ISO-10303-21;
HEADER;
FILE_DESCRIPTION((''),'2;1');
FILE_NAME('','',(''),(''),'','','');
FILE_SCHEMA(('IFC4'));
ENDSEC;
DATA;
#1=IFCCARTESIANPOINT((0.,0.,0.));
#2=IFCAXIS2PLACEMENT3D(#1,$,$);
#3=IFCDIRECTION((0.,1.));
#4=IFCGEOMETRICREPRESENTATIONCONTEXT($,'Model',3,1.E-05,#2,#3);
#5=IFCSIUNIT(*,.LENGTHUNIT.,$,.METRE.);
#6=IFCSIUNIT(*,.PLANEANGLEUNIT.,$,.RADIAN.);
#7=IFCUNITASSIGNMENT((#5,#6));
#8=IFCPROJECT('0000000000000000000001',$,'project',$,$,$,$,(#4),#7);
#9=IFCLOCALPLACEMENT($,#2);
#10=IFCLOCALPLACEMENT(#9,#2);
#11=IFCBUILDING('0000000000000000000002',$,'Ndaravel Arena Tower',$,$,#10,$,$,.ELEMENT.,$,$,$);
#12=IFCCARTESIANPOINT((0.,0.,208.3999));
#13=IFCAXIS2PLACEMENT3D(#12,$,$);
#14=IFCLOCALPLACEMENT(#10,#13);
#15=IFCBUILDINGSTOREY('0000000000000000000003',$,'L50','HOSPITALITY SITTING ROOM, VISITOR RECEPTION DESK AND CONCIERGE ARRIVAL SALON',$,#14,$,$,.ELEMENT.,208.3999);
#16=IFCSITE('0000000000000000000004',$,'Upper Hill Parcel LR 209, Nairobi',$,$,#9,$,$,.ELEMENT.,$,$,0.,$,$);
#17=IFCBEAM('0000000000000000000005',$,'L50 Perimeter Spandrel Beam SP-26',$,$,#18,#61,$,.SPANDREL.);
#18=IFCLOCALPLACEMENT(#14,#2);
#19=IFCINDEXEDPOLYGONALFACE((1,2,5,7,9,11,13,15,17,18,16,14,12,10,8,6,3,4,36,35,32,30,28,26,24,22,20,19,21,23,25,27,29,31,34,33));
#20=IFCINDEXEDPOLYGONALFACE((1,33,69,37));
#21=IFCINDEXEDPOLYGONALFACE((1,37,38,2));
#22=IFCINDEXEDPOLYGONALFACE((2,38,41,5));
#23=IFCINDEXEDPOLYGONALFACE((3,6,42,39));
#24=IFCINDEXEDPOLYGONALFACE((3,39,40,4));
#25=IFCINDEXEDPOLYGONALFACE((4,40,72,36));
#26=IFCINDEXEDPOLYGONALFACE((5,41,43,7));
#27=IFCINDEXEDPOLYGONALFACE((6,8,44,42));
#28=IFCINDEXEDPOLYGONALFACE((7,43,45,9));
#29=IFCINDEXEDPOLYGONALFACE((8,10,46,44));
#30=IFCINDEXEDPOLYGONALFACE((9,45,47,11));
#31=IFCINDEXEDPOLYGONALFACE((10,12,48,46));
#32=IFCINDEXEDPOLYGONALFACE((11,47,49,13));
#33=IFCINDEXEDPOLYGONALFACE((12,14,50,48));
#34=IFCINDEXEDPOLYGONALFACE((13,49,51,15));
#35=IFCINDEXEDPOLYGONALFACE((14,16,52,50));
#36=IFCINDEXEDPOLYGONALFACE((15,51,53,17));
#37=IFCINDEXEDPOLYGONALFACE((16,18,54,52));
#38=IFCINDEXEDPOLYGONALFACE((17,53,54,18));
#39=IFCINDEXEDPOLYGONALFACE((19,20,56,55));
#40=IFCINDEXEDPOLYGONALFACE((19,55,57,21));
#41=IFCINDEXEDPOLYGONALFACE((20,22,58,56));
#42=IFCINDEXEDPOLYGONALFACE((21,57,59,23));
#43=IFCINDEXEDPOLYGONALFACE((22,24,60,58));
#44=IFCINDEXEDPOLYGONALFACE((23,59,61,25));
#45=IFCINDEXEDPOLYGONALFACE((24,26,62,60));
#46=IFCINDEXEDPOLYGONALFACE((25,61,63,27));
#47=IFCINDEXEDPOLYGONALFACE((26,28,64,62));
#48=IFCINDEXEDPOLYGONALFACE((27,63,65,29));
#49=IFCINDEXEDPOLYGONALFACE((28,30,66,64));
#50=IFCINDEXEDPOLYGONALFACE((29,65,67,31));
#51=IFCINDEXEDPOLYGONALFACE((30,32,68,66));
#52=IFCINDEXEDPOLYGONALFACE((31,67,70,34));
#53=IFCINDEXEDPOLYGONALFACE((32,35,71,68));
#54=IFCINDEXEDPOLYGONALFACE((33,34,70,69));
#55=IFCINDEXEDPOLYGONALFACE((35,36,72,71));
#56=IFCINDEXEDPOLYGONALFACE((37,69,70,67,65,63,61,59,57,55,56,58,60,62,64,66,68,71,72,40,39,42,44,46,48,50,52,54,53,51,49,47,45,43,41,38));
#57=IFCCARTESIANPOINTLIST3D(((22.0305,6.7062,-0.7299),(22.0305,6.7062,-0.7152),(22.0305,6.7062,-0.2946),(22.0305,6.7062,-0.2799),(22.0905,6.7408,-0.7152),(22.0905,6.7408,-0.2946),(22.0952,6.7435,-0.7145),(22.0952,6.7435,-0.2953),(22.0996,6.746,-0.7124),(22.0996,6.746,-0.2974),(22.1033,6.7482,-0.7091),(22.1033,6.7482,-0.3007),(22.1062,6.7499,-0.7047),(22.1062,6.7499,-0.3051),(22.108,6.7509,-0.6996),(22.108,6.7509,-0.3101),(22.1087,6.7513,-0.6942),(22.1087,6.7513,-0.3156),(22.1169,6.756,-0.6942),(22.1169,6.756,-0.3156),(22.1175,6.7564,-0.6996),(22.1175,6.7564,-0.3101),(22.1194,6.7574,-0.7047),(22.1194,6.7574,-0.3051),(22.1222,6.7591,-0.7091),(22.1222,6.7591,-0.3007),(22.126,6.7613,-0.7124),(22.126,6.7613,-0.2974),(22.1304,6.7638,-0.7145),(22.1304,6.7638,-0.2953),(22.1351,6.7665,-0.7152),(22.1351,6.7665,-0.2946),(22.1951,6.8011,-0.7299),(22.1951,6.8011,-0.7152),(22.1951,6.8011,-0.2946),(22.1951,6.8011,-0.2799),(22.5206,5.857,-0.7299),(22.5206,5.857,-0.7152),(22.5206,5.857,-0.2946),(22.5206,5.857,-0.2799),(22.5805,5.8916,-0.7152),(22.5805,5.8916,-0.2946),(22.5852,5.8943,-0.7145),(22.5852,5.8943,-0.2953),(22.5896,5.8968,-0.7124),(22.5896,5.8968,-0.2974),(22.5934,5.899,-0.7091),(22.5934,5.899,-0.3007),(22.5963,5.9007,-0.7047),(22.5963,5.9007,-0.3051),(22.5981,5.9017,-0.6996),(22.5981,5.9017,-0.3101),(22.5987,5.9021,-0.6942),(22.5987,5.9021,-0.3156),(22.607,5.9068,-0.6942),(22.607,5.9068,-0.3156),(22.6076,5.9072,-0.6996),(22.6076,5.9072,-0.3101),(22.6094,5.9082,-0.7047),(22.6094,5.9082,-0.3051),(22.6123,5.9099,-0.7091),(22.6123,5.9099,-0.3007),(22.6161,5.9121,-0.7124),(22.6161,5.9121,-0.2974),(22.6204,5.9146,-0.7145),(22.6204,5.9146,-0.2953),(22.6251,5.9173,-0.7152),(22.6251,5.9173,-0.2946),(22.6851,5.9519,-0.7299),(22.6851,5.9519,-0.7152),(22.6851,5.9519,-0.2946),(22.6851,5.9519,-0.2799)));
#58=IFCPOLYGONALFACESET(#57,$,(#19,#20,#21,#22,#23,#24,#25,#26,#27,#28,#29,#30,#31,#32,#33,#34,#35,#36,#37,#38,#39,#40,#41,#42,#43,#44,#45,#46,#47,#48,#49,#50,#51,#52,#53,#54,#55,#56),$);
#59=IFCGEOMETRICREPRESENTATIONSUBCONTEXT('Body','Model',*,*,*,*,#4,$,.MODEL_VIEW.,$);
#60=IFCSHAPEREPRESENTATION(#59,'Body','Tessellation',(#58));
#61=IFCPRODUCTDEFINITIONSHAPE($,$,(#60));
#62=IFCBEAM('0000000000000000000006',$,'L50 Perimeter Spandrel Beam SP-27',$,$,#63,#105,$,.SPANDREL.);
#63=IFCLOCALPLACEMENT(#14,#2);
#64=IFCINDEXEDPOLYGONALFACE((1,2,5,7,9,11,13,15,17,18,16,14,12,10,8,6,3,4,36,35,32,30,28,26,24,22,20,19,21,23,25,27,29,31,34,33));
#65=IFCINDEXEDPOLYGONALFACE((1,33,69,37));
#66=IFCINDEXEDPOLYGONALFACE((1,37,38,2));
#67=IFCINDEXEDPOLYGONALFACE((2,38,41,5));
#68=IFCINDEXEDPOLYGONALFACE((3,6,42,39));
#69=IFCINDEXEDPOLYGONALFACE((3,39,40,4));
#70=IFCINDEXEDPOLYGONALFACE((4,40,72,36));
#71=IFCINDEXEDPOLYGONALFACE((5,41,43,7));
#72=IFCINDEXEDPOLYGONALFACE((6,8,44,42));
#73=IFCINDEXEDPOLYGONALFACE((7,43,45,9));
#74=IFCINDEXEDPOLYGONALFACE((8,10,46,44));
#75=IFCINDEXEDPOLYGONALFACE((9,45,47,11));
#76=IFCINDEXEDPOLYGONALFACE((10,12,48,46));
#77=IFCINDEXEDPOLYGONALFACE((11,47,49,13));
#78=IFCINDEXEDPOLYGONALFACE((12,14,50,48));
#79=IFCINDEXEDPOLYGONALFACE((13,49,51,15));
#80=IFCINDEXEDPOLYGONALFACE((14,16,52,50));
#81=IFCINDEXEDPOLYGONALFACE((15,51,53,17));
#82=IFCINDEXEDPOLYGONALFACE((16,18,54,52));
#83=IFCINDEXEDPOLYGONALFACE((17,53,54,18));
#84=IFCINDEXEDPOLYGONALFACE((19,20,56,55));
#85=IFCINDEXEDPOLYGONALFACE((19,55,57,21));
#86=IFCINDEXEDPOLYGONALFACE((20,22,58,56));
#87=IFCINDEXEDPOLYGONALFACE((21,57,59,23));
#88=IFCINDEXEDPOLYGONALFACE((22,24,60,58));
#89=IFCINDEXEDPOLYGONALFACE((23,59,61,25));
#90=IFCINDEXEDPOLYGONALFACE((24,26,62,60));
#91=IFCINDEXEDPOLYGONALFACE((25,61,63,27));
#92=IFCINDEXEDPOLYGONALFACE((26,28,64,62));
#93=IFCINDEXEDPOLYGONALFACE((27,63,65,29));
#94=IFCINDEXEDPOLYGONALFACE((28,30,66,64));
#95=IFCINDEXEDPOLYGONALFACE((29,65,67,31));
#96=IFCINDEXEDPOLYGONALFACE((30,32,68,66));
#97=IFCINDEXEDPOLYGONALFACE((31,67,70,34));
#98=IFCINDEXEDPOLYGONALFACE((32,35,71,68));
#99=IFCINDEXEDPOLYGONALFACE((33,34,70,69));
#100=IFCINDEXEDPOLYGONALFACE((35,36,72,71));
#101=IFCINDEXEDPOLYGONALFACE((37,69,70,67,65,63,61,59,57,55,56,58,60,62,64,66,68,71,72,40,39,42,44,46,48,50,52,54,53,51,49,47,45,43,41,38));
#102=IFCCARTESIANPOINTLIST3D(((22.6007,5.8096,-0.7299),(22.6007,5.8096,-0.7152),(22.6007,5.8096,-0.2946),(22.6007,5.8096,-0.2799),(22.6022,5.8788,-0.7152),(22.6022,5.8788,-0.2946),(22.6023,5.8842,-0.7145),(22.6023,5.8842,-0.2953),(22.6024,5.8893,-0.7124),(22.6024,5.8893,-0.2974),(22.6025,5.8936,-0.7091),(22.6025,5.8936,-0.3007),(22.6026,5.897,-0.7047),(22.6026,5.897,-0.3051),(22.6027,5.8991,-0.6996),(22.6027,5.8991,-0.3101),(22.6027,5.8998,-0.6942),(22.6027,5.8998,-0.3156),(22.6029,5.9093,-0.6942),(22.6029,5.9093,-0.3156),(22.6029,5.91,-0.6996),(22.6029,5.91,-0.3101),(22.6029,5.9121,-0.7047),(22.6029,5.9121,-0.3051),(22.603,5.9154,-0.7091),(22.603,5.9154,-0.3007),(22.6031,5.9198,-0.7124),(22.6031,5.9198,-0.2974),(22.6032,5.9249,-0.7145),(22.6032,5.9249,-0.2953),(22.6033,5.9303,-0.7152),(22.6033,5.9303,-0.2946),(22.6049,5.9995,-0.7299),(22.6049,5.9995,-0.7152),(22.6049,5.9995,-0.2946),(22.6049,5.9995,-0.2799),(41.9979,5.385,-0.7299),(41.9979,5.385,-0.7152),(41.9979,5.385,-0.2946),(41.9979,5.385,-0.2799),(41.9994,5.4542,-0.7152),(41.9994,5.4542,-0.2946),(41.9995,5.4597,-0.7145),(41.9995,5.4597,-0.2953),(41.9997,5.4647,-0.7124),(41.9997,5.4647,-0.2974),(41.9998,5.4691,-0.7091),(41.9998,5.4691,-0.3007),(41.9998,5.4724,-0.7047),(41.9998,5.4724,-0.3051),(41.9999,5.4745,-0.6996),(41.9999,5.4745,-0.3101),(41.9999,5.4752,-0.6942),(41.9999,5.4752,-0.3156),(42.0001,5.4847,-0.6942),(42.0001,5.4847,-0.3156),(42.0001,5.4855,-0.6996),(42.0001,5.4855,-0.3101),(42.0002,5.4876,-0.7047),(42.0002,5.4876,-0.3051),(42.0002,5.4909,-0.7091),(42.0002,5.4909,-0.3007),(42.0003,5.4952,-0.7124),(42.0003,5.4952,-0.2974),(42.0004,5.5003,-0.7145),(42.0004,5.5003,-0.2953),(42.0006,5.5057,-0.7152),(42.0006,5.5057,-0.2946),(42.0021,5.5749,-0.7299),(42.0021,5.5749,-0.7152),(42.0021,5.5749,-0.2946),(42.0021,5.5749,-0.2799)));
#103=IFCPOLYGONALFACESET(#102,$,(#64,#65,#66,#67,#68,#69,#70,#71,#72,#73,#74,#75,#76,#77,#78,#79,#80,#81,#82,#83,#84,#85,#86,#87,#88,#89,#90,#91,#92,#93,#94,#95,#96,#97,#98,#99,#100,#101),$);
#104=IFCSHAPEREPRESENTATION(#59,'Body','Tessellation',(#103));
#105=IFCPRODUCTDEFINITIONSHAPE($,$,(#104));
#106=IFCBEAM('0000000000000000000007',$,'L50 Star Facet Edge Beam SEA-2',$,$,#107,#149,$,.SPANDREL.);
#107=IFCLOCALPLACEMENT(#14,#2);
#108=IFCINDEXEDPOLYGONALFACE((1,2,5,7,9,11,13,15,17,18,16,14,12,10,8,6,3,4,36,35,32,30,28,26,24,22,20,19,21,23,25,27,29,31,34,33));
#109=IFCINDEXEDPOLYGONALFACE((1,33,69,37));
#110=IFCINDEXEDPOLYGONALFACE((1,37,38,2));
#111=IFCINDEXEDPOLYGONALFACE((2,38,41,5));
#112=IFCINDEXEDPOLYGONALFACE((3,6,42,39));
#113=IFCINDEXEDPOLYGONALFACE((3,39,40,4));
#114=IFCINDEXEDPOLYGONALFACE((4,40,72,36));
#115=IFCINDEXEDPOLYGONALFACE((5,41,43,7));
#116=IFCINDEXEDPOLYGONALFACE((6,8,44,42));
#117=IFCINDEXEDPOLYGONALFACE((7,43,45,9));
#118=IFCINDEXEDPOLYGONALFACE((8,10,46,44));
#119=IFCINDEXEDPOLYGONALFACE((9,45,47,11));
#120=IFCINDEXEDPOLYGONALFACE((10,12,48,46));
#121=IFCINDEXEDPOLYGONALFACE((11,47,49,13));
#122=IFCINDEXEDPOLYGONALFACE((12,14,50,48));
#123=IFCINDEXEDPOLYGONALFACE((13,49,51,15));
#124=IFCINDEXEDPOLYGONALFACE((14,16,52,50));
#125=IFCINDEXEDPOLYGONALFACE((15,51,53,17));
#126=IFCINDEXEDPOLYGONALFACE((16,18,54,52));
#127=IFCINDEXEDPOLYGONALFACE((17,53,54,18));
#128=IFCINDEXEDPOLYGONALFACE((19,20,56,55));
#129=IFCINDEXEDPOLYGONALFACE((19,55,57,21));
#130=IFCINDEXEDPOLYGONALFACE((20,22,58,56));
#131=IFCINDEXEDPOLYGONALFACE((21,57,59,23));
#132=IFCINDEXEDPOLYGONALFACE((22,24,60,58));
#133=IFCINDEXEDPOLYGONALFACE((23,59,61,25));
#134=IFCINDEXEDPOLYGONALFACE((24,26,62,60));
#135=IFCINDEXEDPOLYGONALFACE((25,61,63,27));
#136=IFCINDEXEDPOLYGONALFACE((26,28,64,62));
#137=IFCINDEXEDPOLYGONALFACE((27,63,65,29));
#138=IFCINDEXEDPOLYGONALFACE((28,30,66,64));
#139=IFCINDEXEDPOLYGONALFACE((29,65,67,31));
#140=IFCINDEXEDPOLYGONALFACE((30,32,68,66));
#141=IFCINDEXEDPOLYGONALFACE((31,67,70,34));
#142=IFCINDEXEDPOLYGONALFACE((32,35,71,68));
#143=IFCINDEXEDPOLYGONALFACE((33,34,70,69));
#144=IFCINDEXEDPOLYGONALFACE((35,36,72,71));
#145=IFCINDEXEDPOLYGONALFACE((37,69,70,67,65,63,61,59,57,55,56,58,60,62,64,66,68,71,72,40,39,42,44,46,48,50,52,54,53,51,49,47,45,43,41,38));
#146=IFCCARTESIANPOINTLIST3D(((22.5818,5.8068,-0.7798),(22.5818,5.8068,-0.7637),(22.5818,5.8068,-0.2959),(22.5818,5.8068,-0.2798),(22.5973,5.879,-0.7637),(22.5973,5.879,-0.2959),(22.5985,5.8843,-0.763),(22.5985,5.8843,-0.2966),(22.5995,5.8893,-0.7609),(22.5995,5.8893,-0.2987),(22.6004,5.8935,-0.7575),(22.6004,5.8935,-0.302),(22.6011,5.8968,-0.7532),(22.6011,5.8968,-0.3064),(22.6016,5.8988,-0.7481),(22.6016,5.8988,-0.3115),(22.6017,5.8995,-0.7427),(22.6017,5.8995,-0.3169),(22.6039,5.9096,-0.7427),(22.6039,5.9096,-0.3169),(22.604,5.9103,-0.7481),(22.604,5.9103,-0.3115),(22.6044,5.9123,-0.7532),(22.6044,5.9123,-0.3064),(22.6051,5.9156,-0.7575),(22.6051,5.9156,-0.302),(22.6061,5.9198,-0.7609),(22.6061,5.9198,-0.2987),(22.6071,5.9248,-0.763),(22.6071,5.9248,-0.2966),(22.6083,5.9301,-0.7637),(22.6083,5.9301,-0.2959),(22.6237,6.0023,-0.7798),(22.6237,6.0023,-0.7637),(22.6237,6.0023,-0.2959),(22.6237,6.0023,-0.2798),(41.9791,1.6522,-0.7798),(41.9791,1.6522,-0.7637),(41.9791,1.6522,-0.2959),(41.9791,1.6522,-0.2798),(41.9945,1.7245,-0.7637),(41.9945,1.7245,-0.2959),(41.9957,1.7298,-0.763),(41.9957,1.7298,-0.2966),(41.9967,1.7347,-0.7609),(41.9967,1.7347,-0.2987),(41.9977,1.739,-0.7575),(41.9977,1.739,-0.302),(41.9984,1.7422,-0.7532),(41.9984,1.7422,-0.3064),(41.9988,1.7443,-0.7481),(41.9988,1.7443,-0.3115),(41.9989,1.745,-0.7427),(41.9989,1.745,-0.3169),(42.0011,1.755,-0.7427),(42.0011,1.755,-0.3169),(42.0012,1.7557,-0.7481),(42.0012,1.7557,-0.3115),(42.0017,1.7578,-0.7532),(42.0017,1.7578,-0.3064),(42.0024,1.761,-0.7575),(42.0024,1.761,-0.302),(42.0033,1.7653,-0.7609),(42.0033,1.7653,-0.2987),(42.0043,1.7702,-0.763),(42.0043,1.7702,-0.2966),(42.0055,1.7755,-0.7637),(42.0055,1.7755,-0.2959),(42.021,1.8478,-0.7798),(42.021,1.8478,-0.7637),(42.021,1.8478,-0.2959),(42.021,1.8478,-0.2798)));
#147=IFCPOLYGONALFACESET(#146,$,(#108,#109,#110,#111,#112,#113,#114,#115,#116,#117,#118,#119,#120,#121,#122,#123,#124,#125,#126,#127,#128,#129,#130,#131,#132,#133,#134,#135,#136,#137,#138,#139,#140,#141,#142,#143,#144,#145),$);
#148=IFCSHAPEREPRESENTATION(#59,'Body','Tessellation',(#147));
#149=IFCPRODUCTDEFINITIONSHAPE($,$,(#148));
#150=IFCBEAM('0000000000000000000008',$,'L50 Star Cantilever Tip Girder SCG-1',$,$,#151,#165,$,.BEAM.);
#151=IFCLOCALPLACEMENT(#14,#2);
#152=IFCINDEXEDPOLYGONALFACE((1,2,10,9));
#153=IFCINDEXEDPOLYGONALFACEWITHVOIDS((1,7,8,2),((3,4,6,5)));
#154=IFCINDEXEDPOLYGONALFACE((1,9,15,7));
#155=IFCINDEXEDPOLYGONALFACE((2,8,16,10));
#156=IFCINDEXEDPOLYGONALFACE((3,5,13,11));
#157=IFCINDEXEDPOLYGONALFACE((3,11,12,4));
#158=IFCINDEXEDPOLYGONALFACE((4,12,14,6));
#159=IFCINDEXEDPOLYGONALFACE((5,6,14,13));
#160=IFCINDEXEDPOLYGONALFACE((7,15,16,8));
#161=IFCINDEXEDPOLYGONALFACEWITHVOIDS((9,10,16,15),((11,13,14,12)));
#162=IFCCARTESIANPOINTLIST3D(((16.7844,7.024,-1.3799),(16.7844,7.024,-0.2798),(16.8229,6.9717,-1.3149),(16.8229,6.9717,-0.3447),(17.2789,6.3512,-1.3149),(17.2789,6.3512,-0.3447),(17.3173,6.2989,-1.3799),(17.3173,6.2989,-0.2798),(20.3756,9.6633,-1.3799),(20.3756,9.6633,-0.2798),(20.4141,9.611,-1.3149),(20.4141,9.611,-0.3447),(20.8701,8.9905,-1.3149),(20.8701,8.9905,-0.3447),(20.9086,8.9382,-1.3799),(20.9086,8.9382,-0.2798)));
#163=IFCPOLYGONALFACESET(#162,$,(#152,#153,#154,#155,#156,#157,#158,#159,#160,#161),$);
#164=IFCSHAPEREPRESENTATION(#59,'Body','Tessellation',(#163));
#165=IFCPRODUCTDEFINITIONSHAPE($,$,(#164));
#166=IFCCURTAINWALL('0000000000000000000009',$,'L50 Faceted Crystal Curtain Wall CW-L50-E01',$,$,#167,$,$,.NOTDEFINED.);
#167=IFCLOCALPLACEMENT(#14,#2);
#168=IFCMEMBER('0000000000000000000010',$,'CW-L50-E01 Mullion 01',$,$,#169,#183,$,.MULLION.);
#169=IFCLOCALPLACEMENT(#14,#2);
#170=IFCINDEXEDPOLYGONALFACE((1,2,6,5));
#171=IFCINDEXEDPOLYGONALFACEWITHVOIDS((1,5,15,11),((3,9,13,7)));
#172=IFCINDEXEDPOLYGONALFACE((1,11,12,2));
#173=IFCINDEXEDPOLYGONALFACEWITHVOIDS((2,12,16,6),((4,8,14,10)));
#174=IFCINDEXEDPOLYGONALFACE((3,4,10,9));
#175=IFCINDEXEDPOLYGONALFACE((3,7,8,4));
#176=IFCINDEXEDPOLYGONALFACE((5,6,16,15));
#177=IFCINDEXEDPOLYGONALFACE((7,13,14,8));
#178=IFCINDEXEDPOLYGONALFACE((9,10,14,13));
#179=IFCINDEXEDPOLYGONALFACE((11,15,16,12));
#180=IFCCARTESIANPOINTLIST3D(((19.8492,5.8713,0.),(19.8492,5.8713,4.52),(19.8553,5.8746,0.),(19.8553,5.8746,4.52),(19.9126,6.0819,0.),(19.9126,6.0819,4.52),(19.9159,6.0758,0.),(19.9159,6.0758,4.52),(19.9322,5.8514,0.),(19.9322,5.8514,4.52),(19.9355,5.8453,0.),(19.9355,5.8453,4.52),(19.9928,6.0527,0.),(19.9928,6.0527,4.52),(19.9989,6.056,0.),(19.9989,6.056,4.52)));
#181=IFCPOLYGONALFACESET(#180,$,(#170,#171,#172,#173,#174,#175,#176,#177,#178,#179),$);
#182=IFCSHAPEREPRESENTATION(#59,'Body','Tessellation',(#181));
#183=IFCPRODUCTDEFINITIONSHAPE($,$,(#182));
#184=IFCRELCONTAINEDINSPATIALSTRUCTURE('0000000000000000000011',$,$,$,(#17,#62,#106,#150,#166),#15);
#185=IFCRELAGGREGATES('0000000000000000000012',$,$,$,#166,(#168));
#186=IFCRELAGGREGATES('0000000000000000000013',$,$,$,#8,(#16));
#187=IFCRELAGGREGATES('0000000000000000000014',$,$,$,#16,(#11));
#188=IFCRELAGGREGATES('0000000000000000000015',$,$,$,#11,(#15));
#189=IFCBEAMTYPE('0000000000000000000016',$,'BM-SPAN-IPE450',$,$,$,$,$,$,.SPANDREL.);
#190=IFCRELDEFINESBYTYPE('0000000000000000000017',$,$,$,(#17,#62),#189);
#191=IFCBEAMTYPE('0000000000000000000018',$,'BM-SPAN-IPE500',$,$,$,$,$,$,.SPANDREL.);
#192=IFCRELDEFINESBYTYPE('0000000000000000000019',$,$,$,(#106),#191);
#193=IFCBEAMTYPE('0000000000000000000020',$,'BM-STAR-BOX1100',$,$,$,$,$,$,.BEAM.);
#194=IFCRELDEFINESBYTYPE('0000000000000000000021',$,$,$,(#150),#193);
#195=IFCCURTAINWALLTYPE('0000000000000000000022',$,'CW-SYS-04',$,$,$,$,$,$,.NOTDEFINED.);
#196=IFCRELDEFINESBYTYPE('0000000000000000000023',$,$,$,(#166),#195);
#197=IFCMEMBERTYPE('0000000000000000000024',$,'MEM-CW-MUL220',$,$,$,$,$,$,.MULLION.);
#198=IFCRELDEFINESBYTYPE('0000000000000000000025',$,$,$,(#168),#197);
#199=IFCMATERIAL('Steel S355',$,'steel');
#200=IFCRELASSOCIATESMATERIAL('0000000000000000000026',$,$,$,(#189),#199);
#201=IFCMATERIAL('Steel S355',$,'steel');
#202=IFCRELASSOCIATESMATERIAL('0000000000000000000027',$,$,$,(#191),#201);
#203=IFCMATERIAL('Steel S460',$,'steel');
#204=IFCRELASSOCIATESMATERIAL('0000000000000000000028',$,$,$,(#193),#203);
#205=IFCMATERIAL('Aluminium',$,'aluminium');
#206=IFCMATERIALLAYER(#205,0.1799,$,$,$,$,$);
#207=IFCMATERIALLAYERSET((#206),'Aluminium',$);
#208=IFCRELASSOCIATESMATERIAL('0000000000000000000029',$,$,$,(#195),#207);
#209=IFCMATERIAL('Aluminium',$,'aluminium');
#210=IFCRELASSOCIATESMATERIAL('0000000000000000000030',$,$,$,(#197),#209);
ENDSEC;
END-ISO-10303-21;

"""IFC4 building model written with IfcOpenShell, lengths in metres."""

from ifc_helpers import new_model, si_unit, direction, frame, origin, origin_2d, place, context, subcontext, project, spatial, hollow_rectangle, i_section, extrude, material, layer, layer_set, material_profile, profile_set, type_object, element, aggregate, save


model = new_model("IFC4")

# Units and contexts
model_context = context("Model", 3, precision=1e-05, world=origin(), true_north=direction((0.0, 1.0)))
body_context = subcontext(model_context, "Body", "Model", "MODEL_VIEW")
ifc_project = project(units=[si_unit("LENGTHUNIT", "METRE"), si_unit("PLANEANGLEUNIT", "RADIAN")], contexts=[model_context])

# Site, building, storey
site_placement = place(None, origin())
site = spatial("IfcSite", under=ifc_project, at=site_placement, Name="Upper Hill Parcel LR 209, Nairobi", CompositionType="ELEMENT", RefElevation=0.0)
building_placement = place(site_placement, origin())
building = spatial("IfcBuilding", under=site, at=building_placement, Name="Ndaravel Arena Tower", CompositionType="ELEMENT")
storey_placement = place(building_placement, frame((0.0, 0.0, 208.3999)))
storey = spatial("IfcBuildingStorey", under=building, at=storey_placement, Name="L50", Description="HOSPITALITY SITTING ROOM, VISITOR RECEPTION DESK AND CONCIERGE ARRIVAL SALON", CompositionType="ELEMENT", Elevation=208.3999)

# Beams
ifc_material_1 = material(Name="Steel S355", Category="steel")
ifc_material_profile_1 = material_profile(ifc_material_1, i_section(OverallWidth=0.1899, OverallDepth=0.45, WebThickness=0.0095, FlangeThickness=0.0146, FilletRadius=0.021, at=origin_2d()), Name="IPE 450")
ifc_profile_set_1 = profile_set([ifc_material_profile_1], Name="Steel S355")
beam_type_1 = type_object("IfcBeamType", Name="BM-SPAN-IPE450", PredefinedType="SPANDREL", material=ifc_profile_set_1)
for number, where, z_axis, x_axis, name in (
    (1, (22.1128, 6.7537, -0.5049), (0.499809, -0.866136, 0.0), (0.866136, 0.499809, 0.0), "L50 Perimeter Spandrel Beam SP-26"),
):
    element("IfcBeam", number, at=place(storey_placement, frame(where, z_axis=z_axis, x_axis=x_axis)), inside=storey, type_object=beam_type_1, Name=name, PredefinedType="SPANDREL", context=body_context, shape_type="SweptSolid", body=[
        extrude(i_section(OverallWidth=0.1899, OverallDepth=0.45, WebThickness=0.0095, FlangeThickness=0.0146, FilletRadius=0.021, at=origin_2d()), origin(), (0.0, 0.0, 1.0), 0.9805),
    ])
beam_1_placement = place(storey_placement, frame((22.6028, 5.9045, -0.5049), z_axis=(0.999761, -0.021882, 0.0), x_axis=(0.021882, 0.999761, 0.0)))
element("IfcBeam", 2, at=beam_1_placement, inside=storey, type_object=beam_type_1, Name="L50 Perimeter Spandrel Beam SP-27", PredefinedType="SPANDREL", context=body_context, shape_type="SweptSolid", body=[
    extrude(i_section(OverallWidth=0.1899, OverallDepth=0.45, WebThickness=0.0095, FlangeThickness=0.0146, FilletRadius=0.021, at=origin_2d()), origin(), (0.0, 0.0, 1.0), 19.4019),
])
ifc_material_2 = material(Name="Steel S355", Category="steel")
ifc_material_profile_2 = material_profile(ifc_material_2, i_section(OverallWidth=0.2, OverallDepth=0.5, WebThickness=0.0103, FlangeThickness=0.0161, FilletRadius=0.021, at=origin_2d()), Name="IPE 500")
ifc_profile_set_2 = profile_set([ifc_material_profile_2], Name="Steel S355")
beam_type_2 = type_object("IfcBeamType", Name="BM-SPAN-IPE500", PredefinedType="SPANDREL", material=ifc_profile_set_2)
beam_2_placement = place(storey_placement, frame((22.6028, 5.9045, -0.5298), z_axis=(0.977823, -0.209432, 0.0), x_axis=(0.209432, 0.977823, 0.0)))
element("IfcBeam", 3, at=beam_2_placement, inside=storey, type_object=beam_type_2, Name="L50 Star Facet Edge Beam SEA-2", PredefinedType="SPANDREL", context=body_context, shape_type="SweptSolid", body=[
    extrude(i_section(OverallWidth=0.2, OverallDepth=0.5, WebThickness=0.0103, FlangeThickness=0.0161, FilletRadius=0.021, at=origin_2d()), origin(), (0.0, 0.0, 1.0), 19.8372),
])
ifc_material_3 = material(Name="Steel S460", Category="steel")
ifc_material_profile_3 = material_profile(ifc_material_3, hollow_rectangle(XDim=0.8999, YDim=1.1001, WallThickness=0.0649, at=origin_2d()), Name="BOX 1100x900x65")
ifc_profile_set_3 = profile_set([ifc_material_profile_3], Name="Steel S460")
beam_type_3 = type_object("IfcBeamType", Name="BM-STAR-BOX1100", PredefinedType="BEAM", material=ifc_profile_set_3)
beam_3_placement = place(storey_placement, frame((20.6421, 9.3008, -0.8298), z_axis=(-0.805786, -0.592206, 0.0), x_axis=(0.592206, -0.805786, 0.0)))
element("IfcBeam", 4, at=beam_3_placement, inside=storey, type_object=beam_type_3, Name="L50 Star Cantilever Tip Girder SCG-1", PredefinedType="BEAM", context=body_context, shape_type="SweptSolid", body=[
    extrude(hollow_rectangle(XDim=0.8999, YDim=1.1001, WallThickness=0.0649, at=origin_2d()), origin(), (0.0, 0.0, 1.0), 4.4568),
])

# Curtain wall, member
ifc_material_4 = material(Name="Aluminium", Category="aluminium")
ifc_layer_1 = layer(ifc_material_4, 0.1799)
ifc_layer_set_1 = layer_set([ifc_layer_1], Name="Aluminium")
curtain_wall_type = type_object("IfcCurtainWallType", Name="CW-SYS-04", PredefinedType="NOTDEFINED", material=ifc_layer_set_1)
curtain_wall_1_placement = place(storey_placement, origin())
curtain_wall_1 = element("IfcCurtainWall", 5, at=curtain_wall_1_placement, inside=storey, type_object=curtain_wall_type, Name="L50 Faceted Crystal Curtain Wall CW-L50-E01", PredefinedType="NOTDEFINED")
ifc_material_5 = material(Name="Aluminium", Category="aluminium")
ifc_material_profile_4 = material_profile(ifc_material_5, hollow_rectangle(XDim=0.0901, YDim=0.22, WallThickness=0.0049, at=origin_2d()), Name="CW MULLION 90x220x5")
ifc_profile_set_4 = profile_set([ifc_material_profile_4], Name="Aluminium")
member_type_1 = type_object("IfcMemberType", Name="MEM-CW-MUL220", PredefinedType="MULLION", material=ifc_profile_set_4)
member_1_placement = place(storey_placement, frame((19.9241, 5.9636, 0.0), z_axis=(0.0, 0.0, 1.0), x_axis=(0.957576, -0.28818, 0.0)))
member_1 = element("IfcMember", 6, at=member_1_placement, type_object=member_type_1, Name="CW-L50-E01 Mullion 01", PredefinedType="MULLION", context=body_context, shape_type="SweptSolid", body=[
    extrude(hollow_rectangle(XDim=0.0901, YDim=0.22, WallThickness=0.0049, at=origin_2d()), origin(), (0.0, 0.0, 1.0), 4.52),
])

aggregate(curtain_wall_1, [member_1])

save(model, "model.ifc")
